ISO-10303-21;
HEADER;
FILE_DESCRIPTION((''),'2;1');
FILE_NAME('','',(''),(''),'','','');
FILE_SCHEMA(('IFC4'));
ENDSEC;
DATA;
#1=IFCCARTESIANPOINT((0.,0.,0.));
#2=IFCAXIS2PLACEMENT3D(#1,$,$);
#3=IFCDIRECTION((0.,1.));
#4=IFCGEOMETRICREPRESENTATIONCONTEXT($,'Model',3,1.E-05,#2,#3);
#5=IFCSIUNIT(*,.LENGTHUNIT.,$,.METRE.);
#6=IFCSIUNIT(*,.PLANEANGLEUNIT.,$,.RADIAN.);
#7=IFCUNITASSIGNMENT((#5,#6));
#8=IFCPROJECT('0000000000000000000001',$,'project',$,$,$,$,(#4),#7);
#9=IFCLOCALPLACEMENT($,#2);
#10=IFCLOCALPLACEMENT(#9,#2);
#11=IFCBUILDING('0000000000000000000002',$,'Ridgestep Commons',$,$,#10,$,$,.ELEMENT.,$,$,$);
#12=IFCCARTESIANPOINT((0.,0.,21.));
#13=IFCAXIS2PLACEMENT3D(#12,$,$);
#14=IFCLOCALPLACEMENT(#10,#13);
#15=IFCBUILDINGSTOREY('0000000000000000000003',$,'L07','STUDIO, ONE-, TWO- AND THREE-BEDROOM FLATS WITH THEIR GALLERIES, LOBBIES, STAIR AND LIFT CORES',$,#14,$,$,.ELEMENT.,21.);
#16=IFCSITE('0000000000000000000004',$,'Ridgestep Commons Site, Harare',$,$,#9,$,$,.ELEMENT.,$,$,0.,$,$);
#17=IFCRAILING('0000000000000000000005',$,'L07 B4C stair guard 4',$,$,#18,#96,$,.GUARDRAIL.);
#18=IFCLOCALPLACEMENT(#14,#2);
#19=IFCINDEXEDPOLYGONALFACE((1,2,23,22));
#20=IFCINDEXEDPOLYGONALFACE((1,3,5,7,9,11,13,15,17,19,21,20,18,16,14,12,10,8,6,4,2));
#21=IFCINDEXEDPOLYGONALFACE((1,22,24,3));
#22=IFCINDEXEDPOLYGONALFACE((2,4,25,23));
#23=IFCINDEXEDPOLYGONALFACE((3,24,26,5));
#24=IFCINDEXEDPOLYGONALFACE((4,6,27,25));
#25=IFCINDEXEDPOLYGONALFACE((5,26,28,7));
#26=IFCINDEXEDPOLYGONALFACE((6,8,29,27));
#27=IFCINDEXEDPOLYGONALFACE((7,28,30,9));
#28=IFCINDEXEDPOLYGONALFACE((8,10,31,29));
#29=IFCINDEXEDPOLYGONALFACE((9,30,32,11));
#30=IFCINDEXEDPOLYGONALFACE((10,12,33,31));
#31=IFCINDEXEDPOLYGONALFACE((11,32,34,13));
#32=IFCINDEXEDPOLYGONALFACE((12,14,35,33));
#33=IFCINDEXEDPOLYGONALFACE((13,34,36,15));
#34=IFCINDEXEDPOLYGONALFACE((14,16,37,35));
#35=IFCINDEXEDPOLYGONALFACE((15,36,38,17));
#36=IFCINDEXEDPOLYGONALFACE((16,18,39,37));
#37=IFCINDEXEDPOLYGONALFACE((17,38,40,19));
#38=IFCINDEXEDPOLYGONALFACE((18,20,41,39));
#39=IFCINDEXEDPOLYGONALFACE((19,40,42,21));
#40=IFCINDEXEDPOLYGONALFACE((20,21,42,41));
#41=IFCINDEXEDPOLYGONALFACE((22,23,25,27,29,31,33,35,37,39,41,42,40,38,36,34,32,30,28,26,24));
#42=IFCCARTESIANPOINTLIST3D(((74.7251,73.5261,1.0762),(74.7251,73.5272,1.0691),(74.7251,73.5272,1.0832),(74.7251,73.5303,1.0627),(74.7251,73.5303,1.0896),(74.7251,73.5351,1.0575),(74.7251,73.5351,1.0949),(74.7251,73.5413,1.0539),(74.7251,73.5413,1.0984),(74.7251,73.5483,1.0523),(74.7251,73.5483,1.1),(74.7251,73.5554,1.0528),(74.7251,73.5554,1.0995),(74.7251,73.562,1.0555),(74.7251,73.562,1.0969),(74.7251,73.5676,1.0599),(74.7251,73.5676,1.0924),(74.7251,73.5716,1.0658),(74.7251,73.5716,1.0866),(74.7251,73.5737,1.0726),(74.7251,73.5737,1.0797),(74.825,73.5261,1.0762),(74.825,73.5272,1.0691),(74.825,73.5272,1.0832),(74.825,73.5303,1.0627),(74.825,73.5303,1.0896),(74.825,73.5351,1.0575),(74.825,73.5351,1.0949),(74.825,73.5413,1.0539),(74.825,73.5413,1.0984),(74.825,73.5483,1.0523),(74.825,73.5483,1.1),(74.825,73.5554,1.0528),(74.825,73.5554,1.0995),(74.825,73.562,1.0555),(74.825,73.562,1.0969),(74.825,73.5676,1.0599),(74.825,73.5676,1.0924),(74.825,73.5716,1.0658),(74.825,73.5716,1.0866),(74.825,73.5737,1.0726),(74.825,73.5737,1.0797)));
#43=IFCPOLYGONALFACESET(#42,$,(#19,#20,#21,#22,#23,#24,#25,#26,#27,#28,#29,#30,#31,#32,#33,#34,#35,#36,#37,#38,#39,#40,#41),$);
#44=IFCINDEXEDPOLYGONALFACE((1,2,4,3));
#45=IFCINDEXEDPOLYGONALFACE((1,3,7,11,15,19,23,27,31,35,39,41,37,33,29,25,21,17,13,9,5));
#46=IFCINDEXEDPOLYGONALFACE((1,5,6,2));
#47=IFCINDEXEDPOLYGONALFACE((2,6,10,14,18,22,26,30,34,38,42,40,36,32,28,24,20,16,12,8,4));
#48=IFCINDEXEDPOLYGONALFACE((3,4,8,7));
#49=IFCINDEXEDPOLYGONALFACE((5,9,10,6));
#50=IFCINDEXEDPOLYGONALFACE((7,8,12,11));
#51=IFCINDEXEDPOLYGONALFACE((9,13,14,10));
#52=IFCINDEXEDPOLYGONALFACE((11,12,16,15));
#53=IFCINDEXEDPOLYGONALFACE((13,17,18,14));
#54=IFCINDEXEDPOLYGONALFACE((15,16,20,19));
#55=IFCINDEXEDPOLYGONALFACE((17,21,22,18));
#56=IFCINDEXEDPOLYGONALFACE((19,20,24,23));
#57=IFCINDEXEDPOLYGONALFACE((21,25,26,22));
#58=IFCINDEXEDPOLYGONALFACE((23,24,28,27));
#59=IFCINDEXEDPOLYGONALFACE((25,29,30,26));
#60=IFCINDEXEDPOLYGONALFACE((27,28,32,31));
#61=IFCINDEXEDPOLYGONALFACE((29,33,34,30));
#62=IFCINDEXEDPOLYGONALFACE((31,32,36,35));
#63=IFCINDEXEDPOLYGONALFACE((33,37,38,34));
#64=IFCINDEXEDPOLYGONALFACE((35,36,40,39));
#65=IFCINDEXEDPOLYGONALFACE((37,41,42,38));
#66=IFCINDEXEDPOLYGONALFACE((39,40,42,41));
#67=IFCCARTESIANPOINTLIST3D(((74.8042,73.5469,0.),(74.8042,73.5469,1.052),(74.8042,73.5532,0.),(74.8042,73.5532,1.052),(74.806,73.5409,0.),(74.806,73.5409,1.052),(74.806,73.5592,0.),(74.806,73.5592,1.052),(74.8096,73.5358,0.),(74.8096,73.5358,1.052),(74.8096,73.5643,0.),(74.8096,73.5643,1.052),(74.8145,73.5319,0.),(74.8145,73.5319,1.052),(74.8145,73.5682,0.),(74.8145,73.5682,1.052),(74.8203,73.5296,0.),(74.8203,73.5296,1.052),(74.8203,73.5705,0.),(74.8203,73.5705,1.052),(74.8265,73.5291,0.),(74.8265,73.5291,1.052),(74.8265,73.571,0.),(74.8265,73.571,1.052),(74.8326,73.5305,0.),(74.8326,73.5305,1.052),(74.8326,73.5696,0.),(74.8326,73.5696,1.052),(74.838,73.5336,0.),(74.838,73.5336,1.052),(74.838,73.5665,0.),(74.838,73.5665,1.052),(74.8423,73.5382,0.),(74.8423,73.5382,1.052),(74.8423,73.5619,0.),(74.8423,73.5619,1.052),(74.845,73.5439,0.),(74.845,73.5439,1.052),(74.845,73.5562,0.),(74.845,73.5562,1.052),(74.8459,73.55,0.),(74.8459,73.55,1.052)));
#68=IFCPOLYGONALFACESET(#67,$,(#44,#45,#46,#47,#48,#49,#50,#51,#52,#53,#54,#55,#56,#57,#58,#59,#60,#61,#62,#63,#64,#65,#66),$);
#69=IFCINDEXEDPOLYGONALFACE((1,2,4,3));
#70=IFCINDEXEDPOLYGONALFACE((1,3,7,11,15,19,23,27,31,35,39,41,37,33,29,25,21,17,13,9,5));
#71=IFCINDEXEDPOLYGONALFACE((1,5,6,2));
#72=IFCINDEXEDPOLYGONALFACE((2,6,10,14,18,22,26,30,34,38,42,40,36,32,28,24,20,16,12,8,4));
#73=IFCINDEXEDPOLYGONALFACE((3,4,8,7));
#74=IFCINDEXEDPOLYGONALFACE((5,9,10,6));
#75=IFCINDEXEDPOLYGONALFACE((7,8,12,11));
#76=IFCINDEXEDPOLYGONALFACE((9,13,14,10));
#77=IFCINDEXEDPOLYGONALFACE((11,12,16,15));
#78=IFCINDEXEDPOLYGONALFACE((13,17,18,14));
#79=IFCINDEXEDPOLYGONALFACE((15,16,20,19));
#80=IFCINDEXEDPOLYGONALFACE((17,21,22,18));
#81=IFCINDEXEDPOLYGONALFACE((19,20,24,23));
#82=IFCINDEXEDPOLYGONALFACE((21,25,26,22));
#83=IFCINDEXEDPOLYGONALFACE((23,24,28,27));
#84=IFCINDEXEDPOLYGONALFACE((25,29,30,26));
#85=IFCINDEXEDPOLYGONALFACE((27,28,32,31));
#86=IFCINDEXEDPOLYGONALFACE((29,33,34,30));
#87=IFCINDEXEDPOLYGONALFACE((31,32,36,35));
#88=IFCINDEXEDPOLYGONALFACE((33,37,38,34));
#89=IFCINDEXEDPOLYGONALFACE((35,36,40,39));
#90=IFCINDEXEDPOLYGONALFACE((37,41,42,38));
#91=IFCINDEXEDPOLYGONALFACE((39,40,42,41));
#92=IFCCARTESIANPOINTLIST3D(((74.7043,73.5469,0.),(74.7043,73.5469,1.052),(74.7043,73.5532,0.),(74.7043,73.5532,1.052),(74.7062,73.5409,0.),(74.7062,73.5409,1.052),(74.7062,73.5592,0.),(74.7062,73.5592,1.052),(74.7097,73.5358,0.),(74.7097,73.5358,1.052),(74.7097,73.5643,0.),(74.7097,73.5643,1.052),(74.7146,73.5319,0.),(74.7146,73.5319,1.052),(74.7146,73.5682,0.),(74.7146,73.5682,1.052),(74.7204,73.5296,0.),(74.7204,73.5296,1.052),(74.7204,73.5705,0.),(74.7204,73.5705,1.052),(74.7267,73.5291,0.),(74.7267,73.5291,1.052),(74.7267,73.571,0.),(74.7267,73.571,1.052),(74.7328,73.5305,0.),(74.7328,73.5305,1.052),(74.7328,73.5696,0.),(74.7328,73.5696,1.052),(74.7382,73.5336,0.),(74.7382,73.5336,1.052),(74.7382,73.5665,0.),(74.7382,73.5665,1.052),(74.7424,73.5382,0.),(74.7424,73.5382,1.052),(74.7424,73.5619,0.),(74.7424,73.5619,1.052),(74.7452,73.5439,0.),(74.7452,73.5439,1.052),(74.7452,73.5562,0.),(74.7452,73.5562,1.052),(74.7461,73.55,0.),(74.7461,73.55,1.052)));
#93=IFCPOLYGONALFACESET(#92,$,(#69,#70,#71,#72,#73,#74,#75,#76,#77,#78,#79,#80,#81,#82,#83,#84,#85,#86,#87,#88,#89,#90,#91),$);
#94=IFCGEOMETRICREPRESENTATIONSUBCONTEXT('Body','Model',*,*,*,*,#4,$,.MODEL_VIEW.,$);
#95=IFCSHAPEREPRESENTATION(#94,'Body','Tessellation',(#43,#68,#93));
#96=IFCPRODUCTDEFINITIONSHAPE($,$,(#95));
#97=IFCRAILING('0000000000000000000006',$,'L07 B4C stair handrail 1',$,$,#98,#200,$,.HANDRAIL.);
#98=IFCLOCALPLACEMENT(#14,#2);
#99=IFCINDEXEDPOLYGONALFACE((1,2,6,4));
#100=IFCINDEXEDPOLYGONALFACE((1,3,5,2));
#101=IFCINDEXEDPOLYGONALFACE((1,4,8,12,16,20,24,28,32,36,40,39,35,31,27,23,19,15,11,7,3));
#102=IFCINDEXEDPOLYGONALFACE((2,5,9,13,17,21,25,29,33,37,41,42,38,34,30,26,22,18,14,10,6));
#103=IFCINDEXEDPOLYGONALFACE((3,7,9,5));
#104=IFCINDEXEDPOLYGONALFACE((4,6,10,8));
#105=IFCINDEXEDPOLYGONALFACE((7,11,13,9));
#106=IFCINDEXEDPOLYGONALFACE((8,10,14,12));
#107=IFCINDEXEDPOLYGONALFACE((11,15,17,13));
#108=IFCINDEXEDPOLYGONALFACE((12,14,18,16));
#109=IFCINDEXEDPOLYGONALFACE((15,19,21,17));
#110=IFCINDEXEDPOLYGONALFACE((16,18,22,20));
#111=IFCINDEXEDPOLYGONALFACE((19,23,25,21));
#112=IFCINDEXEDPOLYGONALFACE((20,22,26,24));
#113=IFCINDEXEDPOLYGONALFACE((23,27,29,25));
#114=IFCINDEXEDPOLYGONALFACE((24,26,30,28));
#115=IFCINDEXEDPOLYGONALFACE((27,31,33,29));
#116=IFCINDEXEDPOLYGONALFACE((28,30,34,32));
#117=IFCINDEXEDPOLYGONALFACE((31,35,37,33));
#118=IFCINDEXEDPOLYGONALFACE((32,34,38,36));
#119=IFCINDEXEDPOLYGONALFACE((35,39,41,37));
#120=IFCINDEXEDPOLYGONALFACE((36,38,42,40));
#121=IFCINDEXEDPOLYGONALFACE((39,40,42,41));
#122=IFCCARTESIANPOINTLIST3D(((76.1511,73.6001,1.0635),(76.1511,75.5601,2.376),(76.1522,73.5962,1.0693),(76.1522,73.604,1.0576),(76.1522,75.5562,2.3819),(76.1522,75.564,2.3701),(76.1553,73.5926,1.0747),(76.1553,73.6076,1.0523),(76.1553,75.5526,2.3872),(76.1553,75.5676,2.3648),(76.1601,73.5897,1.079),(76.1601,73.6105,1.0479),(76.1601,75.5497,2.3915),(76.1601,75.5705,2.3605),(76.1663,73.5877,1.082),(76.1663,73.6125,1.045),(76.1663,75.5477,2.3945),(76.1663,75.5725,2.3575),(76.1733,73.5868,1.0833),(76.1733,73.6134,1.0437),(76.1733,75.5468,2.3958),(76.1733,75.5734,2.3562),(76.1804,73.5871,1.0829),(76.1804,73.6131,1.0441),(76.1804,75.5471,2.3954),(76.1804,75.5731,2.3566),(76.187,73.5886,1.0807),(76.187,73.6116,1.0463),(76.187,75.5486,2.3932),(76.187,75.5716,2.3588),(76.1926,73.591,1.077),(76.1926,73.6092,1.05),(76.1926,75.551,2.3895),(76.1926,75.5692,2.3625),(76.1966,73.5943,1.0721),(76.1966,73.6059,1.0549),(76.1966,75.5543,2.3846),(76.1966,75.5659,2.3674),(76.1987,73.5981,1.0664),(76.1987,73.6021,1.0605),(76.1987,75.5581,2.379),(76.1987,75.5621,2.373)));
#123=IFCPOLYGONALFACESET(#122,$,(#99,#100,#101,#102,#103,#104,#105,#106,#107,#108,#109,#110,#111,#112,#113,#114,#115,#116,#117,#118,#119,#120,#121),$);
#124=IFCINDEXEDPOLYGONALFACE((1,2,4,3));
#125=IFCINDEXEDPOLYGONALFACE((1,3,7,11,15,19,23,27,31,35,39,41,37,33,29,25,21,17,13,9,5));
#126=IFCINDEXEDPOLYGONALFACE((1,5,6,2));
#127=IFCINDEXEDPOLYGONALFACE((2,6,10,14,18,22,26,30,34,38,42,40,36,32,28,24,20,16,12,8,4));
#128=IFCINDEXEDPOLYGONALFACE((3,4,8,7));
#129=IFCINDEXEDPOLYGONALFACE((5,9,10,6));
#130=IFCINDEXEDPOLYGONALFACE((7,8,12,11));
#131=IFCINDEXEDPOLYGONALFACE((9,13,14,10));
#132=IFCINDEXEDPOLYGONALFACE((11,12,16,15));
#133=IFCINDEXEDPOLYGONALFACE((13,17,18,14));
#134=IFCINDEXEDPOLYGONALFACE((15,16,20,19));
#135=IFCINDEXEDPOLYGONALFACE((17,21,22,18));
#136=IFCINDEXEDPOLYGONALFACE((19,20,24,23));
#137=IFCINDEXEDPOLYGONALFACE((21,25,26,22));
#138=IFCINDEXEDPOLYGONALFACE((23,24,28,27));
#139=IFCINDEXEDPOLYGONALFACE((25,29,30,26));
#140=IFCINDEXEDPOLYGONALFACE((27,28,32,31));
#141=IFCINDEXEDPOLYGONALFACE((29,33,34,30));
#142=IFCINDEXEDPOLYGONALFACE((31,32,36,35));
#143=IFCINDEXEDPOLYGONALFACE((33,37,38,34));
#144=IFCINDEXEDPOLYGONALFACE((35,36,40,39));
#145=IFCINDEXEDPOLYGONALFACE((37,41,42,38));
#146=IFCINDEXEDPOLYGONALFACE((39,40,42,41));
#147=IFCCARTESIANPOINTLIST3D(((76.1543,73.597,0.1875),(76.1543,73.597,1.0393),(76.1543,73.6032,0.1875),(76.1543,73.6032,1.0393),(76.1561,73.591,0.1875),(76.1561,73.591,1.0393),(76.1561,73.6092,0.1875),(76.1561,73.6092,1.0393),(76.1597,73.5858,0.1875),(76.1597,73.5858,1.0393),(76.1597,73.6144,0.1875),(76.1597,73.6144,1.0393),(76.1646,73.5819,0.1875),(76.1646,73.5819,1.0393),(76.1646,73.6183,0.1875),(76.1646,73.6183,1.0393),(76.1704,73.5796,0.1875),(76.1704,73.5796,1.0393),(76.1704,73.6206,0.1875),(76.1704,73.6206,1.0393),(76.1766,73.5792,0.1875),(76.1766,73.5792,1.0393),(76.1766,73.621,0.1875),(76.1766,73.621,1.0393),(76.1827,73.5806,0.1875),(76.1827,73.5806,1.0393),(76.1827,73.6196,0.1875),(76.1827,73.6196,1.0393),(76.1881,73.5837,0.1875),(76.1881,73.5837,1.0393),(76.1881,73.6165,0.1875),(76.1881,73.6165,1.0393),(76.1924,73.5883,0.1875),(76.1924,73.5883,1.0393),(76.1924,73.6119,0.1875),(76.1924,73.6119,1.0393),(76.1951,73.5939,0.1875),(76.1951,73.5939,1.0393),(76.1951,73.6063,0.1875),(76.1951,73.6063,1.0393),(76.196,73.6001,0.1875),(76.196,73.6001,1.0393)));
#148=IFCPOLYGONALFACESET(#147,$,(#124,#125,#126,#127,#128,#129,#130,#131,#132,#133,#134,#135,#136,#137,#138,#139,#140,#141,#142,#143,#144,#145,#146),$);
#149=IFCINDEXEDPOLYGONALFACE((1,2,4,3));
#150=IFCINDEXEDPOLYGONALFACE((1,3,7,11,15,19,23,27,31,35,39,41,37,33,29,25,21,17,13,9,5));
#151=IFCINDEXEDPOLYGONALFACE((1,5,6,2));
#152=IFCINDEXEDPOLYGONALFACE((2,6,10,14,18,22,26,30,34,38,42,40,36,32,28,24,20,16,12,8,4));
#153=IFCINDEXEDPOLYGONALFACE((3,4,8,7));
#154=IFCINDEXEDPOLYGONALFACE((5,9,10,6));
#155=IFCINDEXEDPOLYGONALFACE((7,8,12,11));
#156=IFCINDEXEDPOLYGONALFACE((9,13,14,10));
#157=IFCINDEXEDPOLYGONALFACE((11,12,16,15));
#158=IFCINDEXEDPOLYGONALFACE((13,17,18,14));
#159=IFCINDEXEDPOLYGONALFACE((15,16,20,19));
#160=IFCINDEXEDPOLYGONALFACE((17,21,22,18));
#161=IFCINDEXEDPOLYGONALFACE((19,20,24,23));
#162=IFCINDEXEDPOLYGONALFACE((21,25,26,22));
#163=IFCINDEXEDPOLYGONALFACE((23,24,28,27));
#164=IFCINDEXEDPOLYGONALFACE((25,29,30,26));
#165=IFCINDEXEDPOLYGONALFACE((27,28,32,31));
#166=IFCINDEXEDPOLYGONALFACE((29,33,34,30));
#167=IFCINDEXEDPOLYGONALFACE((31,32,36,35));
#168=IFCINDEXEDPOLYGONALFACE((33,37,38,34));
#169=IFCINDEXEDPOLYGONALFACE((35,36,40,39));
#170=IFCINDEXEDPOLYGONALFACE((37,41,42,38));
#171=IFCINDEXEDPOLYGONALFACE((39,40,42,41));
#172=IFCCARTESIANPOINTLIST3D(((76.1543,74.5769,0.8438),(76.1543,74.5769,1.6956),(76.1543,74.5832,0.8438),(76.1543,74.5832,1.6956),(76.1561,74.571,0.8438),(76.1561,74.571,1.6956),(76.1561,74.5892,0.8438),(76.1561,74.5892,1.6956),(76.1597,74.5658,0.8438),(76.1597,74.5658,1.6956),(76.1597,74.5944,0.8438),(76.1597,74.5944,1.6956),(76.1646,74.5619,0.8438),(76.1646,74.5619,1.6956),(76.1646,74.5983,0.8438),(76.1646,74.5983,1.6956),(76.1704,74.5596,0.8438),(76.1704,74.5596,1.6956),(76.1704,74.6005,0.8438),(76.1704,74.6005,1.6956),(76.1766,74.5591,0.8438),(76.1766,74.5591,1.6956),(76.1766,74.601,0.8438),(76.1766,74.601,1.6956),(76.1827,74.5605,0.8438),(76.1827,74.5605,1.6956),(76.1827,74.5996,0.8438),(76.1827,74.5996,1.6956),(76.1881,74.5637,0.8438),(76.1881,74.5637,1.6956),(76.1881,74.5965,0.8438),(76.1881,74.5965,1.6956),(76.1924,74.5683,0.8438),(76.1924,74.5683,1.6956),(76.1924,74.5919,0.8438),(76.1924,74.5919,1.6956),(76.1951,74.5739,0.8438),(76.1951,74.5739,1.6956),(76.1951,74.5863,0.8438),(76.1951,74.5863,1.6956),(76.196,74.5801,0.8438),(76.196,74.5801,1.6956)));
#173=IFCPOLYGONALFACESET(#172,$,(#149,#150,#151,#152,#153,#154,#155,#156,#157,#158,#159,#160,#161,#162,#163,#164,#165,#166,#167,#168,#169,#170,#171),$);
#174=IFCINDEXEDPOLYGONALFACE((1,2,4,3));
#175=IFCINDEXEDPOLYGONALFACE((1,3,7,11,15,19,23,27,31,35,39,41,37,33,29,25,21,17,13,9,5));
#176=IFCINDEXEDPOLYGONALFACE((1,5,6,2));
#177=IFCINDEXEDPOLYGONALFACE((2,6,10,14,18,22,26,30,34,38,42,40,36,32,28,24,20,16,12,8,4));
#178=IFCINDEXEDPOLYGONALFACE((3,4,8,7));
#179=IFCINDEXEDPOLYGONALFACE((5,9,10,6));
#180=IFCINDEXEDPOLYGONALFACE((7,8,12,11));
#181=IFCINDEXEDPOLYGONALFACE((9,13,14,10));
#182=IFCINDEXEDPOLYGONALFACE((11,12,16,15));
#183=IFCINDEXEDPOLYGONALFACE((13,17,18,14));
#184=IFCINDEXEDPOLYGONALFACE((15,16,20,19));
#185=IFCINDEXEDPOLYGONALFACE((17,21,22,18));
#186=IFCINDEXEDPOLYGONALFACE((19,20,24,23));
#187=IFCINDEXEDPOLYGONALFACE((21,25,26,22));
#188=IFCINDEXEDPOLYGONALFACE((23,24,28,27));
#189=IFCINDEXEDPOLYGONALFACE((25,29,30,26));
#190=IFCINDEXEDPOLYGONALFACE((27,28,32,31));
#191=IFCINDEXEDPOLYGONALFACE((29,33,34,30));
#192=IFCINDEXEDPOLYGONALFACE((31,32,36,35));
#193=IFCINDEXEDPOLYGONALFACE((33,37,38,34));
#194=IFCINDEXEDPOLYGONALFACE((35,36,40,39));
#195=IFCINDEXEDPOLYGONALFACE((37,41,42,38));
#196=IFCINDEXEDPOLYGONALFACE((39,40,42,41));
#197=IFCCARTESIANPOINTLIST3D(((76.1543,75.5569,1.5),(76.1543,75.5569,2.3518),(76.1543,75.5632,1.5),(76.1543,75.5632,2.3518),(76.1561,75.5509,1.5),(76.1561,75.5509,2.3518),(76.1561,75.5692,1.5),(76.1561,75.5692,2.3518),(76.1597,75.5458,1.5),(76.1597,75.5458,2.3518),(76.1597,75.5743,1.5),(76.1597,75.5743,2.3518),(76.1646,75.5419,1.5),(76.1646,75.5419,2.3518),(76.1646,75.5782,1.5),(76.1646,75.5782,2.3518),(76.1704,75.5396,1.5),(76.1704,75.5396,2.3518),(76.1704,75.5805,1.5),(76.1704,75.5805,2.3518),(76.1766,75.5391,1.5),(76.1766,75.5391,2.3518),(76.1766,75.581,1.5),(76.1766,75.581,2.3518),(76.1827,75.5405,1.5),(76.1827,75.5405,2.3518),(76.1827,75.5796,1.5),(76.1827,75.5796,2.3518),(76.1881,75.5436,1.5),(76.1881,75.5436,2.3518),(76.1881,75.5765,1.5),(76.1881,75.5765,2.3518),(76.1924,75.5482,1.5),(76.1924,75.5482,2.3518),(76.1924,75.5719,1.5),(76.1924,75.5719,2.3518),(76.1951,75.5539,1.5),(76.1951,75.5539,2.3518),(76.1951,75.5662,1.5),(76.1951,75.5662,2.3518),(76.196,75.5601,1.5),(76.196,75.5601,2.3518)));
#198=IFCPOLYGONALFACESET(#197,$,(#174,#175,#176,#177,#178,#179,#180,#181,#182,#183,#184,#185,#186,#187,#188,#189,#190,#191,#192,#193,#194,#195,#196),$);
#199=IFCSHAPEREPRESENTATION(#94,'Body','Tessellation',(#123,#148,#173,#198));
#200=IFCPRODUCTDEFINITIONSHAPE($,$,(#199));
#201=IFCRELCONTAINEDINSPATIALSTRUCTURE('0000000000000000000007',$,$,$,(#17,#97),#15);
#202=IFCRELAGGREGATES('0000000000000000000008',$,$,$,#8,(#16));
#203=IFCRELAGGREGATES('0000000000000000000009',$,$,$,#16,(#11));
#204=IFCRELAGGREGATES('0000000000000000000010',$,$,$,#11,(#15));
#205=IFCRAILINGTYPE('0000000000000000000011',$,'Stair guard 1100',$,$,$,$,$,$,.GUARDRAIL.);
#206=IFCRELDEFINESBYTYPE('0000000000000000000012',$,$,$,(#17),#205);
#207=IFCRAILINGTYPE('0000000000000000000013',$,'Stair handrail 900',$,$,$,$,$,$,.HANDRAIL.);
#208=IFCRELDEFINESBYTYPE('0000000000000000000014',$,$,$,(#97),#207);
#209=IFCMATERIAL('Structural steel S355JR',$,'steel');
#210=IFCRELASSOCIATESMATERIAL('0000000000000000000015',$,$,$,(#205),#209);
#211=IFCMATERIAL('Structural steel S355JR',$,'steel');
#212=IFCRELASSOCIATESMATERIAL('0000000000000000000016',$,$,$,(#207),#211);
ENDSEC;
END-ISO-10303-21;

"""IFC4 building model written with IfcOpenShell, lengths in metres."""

from ifc_helpers import new_model, si_unit, direction, frame, origin, origin_2d, place, context, subcontext, project, spatial, circle, extrude, material, type_object, element, save


model = new_model("IFC4")

# Units and contexts
model_context = context("Model", 3, precision=1e-05, world=origin(), true_north=direction((0.0, 1.0)))
body_context = subcontext(model_context, "Body", "Model", "MODEL_VIEW")
ifc_project = project(units=[si_unit("LENGTHUNIT", "METRE"), si_unit("PLANEANGLEUNIT", "RADIAN")], contexts=[model_context])

# Site, building, storey
site_placement = place(None, origin())
site = spatial("IfcSite", under=ifc_project, at=site_placement, Name="Ridgestep Commons Site, Harare", CompositionType="ELEMENT", RefElevation=0.0)
building_placement = place(site_placement, origin())
building = spatial("IfcBuilding", under=site, at=building_placement, Name="Ridgestep Commons", CompositionType="ELEMENT")
storey_placement = place(building_placement, frame((0.0, 0.0, 21.0)))
storey = spatial("IfcBuildingStorey", under=building, at=storey_placement, Name="L07", Description="STUDIO, ONE-, TWO- AND THREE-BEDROOM FLATS WITH THEIR GALLERIES, LOBBIES, STAIR AND LIFT CORES", CompositionType="ELEMENT", Elevation=21.0)

# Railings
ifc_material_1 = material(Name="Structural steel S355JR", Category="steel")
railing_type_1 = type_object("IfcRailingType", Name="Stair guard 1100", PredefinedType="GUARDRAIL", material=ifc_material_1)
railing_1_placement = place(storey_placement, frame((74.825, 73.55, 0.0)))
element("IfcRailing", 1, at=railing_1_placement, inside=storey, type_object=railing_type_1, Name="L07 B4C stair guard 4", PredefinedType="GUARDRAIL", context=body_context, shape_type="SweptSolid", body=[
    extrude(circle(Radius=0.0239, at=origin_2d()), frame((0.0, 0.0, 1.0762), z_axis=(-1.0, 0.0, 0.0), x_axis=(0.0, -1.0, 0.0)), (0.0, 0.0, 1.0), 0.0999),
    extrude(circle(Radius=0.021, at=origin_2d()), origin(), (0.0, 0.0, 1.0), 1.052),
    extrude(circle(Radius=0.021, at=origin_2d()), frame((-0.0999, 0.0, 0.0)), (0.0, 0.0, 1.0), 1.052),
])
ifc_material_2 = material(Name="Structural steel S355JR", Category="steel")
railing_type_2 = type_object("IfcRailingType", Name="Stair handrail 900", PredefinedType="HANDRAIL", material=ifc_material_2)
railing_2_placement = place(storey_placement, frame((76.175, 73.6001, 0.1875)))
element("IfcRailing", 2, at=railing_2_placement, inside=storey, type_object=railing_type_2, Name="L07 B4C stair handrail 1", PredefinedType="HANDRAIL", context=body_context, shape_type="SweptSolid", body=[
    extrude(circle(Radius=0.0239, at=origin_2d()), frame((0.0, 0.0, 0.876), z_axis=(0.0, 0.830902, 0.556419), x_axis=(-1.0, 0.0, 0.0)), (0.0, 0.0, 1.0), 2.3589),
    extrude(circle(Radius=0.021, at=origin_2d()), origin(), (0.0, 0.0, 1.0), 0.8518),
    extrude(circle(Radius=0.021, at=origin_2d()), frame((0.0, 0.98, 0.6562)), (0.0, 0.0, 1.0), 0.8518),
    extrude(circle(Radius=0.021, at=origin_2d()), frame((0.0, 1.96, 1.3125)), (0.0, 0.0, 1.0), 0.8518),
])

save(model, "model.ifc")
